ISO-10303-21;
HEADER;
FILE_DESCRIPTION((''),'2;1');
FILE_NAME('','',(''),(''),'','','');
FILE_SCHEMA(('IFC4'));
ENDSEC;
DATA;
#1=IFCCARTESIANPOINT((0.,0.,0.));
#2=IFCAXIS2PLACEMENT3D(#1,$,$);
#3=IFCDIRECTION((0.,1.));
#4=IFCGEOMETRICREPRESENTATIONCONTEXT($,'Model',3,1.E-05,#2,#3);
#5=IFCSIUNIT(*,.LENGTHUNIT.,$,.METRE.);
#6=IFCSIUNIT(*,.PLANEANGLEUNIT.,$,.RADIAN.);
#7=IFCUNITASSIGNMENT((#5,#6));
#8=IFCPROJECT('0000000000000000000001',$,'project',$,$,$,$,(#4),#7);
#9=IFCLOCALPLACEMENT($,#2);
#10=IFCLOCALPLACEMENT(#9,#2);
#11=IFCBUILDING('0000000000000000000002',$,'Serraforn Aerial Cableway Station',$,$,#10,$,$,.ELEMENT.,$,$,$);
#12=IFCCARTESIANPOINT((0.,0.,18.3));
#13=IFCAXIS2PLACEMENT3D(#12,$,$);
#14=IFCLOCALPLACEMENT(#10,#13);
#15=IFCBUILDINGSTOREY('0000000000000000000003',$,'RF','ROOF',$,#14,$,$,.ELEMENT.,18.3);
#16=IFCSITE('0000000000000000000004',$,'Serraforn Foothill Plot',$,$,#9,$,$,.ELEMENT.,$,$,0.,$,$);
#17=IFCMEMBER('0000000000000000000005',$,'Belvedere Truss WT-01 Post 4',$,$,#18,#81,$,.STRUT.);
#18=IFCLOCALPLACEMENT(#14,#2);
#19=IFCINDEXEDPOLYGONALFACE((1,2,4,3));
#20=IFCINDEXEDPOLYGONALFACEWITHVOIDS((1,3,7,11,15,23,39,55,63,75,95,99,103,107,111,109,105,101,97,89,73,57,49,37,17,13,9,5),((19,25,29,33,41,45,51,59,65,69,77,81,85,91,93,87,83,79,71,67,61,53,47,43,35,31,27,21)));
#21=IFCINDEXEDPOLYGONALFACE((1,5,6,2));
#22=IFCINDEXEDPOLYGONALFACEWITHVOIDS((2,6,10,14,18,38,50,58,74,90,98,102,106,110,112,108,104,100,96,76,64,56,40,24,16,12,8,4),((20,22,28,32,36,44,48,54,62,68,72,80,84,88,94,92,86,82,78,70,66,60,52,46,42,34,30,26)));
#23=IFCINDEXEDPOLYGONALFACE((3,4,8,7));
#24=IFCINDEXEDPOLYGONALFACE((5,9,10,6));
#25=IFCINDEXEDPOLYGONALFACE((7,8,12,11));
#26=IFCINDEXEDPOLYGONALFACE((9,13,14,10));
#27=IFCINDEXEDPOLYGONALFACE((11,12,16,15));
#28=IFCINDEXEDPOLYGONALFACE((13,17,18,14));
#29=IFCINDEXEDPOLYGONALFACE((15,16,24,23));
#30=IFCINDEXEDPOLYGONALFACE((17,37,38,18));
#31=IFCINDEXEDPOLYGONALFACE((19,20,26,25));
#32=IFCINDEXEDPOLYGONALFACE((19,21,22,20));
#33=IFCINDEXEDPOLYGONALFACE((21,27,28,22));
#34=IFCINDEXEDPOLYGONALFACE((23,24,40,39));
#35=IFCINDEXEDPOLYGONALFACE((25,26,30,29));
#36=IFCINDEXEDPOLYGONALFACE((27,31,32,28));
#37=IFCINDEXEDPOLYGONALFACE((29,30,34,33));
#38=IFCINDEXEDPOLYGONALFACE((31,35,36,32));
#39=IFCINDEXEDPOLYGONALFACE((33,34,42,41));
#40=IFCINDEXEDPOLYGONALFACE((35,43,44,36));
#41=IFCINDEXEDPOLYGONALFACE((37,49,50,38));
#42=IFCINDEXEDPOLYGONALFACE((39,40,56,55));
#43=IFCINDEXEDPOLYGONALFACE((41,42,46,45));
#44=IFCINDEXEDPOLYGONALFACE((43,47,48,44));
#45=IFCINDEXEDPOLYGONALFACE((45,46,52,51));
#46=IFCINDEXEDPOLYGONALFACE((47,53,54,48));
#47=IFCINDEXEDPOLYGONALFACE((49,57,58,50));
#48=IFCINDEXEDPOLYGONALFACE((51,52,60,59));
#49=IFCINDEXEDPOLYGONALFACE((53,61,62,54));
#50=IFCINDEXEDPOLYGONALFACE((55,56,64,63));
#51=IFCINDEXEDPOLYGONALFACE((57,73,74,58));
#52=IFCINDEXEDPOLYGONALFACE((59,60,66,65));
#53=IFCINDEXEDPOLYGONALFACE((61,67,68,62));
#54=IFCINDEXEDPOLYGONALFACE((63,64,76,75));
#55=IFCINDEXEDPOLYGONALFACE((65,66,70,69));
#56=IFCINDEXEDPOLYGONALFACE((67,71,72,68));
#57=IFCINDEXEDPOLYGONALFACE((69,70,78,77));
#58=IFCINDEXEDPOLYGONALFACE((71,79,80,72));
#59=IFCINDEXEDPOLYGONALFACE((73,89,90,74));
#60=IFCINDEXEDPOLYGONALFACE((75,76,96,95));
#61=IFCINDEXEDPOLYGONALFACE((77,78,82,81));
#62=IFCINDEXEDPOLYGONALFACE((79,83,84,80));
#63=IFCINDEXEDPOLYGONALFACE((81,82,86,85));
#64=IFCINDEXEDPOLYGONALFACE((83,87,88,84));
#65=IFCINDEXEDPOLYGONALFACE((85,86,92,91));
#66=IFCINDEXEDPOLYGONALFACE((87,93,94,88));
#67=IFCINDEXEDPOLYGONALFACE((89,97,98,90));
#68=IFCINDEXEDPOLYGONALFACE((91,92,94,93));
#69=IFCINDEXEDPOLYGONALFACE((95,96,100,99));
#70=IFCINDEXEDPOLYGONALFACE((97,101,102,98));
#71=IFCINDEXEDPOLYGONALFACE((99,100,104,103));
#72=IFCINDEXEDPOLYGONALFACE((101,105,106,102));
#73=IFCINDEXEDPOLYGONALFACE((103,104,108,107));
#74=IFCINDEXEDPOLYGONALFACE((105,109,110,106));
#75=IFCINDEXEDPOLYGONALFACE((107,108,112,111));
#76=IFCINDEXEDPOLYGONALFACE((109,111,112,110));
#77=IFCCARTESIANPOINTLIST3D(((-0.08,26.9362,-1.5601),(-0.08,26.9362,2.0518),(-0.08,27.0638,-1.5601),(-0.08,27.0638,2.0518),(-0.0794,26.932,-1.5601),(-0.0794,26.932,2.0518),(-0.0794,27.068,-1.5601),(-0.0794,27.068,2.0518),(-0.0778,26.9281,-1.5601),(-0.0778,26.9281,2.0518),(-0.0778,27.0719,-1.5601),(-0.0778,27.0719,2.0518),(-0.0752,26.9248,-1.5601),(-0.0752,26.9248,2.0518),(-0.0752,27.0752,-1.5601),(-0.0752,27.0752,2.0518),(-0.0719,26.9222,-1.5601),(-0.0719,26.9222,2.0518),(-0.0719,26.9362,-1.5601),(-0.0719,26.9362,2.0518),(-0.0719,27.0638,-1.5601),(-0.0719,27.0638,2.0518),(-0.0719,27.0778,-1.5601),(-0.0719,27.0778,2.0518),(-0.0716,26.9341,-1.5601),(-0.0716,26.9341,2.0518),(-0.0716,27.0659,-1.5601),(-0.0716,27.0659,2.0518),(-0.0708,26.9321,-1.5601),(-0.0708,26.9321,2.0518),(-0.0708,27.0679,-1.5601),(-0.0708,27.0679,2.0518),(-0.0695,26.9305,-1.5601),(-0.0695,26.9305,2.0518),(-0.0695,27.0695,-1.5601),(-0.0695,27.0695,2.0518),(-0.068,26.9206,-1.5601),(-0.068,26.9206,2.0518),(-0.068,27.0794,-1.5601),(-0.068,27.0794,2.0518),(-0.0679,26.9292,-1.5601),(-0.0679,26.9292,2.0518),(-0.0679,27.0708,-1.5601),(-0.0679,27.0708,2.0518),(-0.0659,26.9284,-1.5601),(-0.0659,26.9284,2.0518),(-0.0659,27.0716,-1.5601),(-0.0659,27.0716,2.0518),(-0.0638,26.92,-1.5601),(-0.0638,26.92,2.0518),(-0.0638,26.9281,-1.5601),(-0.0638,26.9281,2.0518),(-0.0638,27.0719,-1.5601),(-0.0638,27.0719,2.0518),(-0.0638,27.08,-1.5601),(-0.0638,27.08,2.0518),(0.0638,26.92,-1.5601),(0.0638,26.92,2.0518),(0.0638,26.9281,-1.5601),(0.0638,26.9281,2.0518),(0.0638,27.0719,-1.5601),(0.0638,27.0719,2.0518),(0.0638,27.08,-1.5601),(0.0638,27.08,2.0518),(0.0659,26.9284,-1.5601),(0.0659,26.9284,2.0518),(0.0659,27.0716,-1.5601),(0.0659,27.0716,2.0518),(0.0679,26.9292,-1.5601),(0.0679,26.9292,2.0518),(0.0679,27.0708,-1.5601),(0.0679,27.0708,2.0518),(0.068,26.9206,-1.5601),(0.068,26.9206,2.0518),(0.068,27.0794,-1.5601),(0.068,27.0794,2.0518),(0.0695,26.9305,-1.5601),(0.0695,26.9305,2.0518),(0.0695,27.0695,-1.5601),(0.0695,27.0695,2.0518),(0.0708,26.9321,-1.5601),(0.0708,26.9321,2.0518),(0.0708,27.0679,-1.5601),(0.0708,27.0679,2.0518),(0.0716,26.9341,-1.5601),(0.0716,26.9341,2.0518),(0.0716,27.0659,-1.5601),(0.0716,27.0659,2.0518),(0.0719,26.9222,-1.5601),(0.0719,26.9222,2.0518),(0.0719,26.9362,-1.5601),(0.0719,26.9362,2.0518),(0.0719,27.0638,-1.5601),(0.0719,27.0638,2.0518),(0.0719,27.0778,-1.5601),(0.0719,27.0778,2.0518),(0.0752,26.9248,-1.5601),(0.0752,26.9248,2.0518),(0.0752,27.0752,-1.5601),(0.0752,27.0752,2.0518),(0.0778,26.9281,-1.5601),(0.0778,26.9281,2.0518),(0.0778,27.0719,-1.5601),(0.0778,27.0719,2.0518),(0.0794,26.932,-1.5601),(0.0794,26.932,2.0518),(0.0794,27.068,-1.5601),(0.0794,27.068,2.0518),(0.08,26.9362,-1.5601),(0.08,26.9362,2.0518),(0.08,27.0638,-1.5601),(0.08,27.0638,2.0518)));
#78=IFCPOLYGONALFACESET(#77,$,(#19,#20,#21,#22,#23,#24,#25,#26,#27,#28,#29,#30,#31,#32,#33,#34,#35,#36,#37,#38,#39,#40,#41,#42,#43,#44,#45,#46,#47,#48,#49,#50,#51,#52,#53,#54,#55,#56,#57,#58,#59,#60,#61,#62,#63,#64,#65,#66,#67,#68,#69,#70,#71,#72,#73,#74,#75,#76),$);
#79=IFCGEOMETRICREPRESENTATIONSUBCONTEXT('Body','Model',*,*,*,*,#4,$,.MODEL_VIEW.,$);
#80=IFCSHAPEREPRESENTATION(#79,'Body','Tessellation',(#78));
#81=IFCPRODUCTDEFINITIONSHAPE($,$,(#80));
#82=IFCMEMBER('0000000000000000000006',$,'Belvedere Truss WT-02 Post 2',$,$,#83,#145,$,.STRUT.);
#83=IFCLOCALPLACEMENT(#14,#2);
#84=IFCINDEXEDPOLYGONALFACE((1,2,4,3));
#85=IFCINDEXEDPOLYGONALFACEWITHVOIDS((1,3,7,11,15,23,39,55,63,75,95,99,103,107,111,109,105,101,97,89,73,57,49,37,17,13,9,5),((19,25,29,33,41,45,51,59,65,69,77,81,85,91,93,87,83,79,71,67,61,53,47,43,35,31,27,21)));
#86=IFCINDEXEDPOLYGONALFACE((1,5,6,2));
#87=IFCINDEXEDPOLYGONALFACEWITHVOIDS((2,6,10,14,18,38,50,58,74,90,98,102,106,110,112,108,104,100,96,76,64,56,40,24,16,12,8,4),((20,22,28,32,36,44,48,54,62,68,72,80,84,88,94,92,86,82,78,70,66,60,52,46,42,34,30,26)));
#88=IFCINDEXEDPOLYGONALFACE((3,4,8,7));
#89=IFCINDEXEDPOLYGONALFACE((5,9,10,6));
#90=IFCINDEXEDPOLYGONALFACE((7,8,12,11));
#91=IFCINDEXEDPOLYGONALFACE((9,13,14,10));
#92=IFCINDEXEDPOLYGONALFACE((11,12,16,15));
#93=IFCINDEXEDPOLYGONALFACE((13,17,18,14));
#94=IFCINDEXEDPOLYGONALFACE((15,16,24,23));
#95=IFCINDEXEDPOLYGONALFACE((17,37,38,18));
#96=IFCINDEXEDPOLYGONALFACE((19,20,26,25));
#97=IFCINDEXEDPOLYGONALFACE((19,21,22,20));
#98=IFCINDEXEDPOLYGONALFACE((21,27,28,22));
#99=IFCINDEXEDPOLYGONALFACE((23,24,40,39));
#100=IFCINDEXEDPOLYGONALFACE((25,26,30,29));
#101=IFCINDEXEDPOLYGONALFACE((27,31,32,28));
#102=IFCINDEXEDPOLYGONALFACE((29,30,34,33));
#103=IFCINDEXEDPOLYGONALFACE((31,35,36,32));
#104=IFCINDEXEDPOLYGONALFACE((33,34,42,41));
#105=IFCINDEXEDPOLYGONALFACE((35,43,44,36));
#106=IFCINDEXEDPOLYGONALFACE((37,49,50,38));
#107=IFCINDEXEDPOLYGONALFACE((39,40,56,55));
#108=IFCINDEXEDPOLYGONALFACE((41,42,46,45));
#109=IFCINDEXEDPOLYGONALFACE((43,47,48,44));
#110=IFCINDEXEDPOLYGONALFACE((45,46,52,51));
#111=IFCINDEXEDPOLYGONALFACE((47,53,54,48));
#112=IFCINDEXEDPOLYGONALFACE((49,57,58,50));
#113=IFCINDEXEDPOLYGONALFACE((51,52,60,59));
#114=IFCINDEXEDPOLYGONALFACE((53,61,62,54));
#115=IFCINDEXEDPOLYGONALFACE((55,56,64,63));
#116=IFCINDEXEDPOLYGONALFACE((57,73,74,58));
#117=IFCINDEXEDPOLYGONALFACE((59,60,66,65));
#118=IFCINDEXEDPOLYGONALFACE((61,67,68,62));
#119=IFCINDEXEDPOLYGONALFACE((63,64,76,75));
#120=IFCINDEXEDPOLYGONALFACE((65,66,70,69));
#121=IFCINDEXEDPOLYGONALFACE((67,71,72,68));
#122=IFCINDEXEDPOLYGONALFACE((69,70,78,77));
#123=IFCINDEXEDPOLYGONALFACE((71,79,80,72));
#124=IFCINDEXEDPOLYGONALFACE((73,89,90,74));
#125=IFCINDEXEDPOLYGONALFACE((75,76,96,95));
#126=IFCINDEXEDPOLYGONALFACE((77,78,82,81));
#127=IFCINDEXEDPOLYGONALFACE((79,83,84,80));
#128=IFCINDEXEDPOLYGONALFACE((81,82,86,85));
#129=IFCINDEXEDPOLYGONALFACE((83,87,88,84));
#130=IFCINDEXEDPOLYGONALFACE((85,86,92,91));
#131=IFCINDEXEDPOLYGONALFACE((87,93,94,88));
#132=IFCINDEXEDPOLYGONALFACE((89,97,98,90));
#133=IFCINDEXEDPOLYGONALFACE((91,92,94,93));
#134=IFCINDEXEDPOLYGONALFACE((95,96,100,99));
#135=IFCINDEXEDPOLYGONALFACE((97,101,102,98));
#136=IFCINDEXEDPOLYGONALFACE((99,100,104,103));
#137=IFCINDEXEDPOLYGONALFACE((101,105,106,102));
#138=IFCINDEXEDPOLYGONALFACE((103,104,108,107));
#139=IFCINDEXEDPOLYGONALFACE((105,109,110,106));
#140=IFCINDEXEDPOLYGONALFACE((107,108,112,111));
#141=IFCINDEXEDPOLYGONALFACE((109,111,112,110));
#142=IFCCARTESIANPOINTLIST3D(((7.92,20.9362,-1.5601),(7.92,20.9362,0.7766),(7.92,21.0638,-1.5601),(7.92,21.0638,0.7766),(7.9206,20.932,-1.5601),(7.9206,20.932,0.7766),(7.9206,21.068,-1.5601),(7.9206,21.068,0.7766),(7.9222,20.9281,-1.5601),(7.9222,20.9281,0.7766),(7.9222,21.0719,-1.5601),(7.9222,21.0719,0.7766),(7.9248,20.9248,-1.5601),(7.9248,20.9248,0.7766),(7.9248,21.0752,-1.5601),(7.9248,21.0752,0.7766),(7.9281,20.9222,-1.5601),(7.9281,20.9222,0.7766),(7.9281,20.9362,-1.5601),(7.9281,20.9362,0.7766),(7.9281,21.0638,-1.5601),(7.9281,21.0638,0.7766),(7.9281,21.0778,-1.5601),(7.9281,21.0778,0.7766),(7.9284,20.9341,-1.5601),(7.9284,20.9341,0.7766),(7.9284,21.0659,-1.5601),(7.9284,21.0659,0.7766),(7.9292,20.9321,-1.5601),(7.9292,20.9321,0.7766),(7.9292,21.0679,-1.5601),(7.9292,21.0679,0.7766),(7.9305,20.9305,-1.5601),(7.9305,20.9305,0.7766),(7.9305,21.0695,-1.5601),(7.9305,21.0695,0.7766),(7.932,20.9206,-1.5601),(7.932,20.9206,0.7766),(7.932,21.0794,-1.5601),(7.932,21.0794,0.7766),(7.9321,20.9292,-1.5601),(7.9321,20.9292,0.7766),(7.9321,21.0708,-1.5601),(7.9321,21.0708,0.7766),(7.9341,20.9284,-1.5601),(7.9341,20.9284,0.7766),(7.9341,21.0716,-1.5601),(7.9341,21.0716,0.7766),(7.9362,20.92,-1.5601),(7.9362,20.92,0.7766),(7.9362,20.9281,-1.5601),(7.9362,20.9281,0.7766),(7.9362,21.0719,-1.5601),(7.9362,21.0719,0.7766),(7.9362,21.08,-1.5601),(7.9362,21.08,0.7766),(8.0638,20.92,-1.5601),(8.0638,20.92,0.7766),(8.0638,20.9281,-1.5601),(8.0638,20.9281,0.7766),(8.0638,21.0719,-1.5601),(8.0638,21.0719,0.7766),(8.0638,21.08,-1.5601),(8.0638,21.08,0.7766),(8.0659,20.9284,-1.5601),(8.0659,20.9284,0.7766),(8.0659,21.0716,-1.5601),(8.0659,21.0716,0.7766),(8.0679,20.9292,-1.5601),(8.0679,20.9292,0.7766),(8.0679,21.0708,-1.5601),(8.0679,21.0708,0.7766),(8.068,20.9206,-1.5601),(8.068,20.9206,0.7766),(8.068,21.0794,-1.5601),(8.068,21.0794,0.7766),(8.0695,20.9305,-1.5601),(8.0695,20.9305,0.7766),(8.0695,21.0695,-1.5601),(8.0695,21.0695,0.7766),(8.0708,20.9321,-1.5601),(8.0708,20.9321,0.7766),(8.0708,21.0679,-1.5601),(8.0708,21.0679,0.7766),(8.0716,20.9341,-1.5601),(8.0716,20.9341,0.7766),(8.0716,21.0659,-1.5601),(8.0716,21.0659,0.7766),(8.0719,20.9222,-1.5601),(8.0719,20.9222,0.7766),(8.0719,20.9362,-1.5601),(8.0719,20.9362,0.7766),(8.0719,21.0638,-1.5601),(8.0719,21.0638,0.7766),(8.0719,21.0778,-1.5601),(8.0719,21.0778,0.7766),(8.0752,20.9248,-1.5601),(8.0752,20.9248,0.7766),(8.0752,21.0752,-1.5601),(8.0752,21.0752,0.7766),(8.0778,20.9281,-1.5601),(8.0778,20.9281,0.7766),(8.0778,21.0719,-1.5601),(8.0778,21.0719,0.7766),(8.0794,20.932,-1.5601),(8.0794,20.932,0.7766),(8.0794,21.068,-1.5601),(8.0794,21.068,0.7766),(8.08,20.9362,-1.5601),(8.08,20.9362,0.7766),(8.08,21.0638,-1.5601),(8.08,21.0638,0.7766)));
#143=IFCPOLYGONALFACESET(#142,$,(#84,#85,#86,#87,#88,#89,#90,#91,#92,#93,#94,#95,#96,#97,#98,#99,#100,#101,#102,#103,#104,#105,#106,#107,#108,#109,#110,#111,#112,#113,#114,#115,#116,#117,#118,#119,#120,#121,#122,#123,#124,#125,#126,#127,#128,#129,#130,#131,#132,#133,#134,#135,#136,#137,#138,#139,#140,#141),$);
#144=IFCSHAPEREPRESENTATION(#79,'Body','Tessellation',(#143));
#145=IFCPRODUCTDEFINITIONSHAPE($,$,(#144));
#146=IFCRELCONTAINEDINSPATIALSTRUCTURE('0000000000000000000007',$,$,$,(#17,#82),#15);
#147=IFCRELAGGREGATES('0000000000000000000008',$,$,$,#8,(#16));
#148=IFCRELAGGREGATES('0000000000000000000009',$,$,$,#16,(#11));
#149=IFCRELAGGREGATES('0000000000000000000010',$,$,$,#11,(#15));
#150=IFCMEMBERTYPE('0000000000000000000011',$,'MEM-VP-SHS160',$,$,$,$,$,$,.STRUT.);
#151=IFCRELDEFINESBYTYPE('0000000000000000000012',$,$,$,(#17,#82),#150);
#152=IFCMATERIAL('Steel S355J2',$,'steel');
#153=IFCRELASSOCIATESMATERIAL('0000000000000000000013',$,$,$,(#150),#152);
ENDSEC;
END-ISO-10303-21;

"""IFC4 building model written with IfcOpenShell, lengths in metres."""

from ifc_helpers import new_model, si_unit, direction, frame, origin, origin_2d, place, context, subcontext, project, spatial, hollow_rectangle, extrude, material, material_profile, profile_set, type_object, element, save


model = new_model("IFC4")

# Units and contexts
model_context = context("Model", 3, precision=1e-05, world=origin(), true_north=direction((0.0, 1.0)))
body_context = subcontext(model_context, "Body", "Model", "MODEL_VIEW")
ifc_project = project(units=[si_unit("LENGTHUNIT", "METRE"), si_unit("PLANEANGLEUNIT", "RADIAN")], contexts=[model_context])

# Site, building, storey
site_placement = place(None, origin())
site = spatial("IfcSite", under=ifc_project, at=site_placement, Name="Serraforn Foothill Plot", CompositionType="ELEMENT", RefElevation=0.0)
building_placement = place(site_placement, origin())
building = spatial("IfcBuilding", under=site, at=building_placement, Name="Serraforn Aerial Cableway Station", CompositionType="ELEMENT")
storey_placement = place(building_placement, frame((0.0, 0.0, 18.3)))
storey = spatial("IfcBuildingStorey", under=building, at=storey_placement, Name="RF", Description="ROOF", CompositionType="ELEMENT", Elevation=18.3)

# Members
ifc_material_1 = material(Name="Steel S355J2", Category="steel")
ifc_material_profile_1 = material_profile(ifc_material_1, hollow_rectangle(XDim=0.1599, YDim=0.1599, WallThickness=0.0081, InnerFilletRadius=0.0081, OuterFilletRadius=0.0161, at=origin_2d()), Name="SHS 160x160x8.0")
ifc_profile_set_1 = profile_set([ifc_material_profile_1], Name="Steel S355J2")
member_type_1 = type_object("IfcMemberType", Name="MEM-VP-SHS160", PredefinedType="STRUT", material=ifc_profile_set_1)
member_1_placement = place(storey_placement, frame((0.0, 27.0, -1.5601), z_axis=(0.0, 0.0, 1.0), x_axis=(1.0, 0.0, 0.0)))
element("IfcMember", 1, at=member_1_placement, inside=storey, type_object=member_type_1, Name="Belvedere Truss WT-01 Post 4", PredefinedType="STRUT", context=body_context, shape_type="SweptSolid", body=[
    extrude(hollow_rectangle(XDim=0.1599, YDim=0.1599, WallThickness=0.0081, InnerFilletRadius=0.0081, OuterFilletRadius=0.0161, at=origin_2d()), origin(), (0.0, 0.0, 1.0), 3.6118),
])
member_2_placement = place(storey_placement, frame((8.0, 21.0, -1.5601), z_axis=(0.0, 0.0, 1.0), x_axis=(1.0, 0.0, 0.0)))
element("IfcMember", 2, at=member_2_placement, inside=storey, type_object=member_type_1, Name="Belvedere Truss WT-02 Post 2", PredefinedType="STRUT", context=body_context, shape_type="SweptSolid", body=[
    extrude(hollow_rectangle(XDim=0.1599, YDim=0.1599, WallThickness=0.0081, InnerFilletRadius=0.0081, OuterFilletRadius=0.0161, at=origin_2d()), origin(), (0.0, 0.0, 1.0), 2.3367),
])

save(model, "model.ifc")
